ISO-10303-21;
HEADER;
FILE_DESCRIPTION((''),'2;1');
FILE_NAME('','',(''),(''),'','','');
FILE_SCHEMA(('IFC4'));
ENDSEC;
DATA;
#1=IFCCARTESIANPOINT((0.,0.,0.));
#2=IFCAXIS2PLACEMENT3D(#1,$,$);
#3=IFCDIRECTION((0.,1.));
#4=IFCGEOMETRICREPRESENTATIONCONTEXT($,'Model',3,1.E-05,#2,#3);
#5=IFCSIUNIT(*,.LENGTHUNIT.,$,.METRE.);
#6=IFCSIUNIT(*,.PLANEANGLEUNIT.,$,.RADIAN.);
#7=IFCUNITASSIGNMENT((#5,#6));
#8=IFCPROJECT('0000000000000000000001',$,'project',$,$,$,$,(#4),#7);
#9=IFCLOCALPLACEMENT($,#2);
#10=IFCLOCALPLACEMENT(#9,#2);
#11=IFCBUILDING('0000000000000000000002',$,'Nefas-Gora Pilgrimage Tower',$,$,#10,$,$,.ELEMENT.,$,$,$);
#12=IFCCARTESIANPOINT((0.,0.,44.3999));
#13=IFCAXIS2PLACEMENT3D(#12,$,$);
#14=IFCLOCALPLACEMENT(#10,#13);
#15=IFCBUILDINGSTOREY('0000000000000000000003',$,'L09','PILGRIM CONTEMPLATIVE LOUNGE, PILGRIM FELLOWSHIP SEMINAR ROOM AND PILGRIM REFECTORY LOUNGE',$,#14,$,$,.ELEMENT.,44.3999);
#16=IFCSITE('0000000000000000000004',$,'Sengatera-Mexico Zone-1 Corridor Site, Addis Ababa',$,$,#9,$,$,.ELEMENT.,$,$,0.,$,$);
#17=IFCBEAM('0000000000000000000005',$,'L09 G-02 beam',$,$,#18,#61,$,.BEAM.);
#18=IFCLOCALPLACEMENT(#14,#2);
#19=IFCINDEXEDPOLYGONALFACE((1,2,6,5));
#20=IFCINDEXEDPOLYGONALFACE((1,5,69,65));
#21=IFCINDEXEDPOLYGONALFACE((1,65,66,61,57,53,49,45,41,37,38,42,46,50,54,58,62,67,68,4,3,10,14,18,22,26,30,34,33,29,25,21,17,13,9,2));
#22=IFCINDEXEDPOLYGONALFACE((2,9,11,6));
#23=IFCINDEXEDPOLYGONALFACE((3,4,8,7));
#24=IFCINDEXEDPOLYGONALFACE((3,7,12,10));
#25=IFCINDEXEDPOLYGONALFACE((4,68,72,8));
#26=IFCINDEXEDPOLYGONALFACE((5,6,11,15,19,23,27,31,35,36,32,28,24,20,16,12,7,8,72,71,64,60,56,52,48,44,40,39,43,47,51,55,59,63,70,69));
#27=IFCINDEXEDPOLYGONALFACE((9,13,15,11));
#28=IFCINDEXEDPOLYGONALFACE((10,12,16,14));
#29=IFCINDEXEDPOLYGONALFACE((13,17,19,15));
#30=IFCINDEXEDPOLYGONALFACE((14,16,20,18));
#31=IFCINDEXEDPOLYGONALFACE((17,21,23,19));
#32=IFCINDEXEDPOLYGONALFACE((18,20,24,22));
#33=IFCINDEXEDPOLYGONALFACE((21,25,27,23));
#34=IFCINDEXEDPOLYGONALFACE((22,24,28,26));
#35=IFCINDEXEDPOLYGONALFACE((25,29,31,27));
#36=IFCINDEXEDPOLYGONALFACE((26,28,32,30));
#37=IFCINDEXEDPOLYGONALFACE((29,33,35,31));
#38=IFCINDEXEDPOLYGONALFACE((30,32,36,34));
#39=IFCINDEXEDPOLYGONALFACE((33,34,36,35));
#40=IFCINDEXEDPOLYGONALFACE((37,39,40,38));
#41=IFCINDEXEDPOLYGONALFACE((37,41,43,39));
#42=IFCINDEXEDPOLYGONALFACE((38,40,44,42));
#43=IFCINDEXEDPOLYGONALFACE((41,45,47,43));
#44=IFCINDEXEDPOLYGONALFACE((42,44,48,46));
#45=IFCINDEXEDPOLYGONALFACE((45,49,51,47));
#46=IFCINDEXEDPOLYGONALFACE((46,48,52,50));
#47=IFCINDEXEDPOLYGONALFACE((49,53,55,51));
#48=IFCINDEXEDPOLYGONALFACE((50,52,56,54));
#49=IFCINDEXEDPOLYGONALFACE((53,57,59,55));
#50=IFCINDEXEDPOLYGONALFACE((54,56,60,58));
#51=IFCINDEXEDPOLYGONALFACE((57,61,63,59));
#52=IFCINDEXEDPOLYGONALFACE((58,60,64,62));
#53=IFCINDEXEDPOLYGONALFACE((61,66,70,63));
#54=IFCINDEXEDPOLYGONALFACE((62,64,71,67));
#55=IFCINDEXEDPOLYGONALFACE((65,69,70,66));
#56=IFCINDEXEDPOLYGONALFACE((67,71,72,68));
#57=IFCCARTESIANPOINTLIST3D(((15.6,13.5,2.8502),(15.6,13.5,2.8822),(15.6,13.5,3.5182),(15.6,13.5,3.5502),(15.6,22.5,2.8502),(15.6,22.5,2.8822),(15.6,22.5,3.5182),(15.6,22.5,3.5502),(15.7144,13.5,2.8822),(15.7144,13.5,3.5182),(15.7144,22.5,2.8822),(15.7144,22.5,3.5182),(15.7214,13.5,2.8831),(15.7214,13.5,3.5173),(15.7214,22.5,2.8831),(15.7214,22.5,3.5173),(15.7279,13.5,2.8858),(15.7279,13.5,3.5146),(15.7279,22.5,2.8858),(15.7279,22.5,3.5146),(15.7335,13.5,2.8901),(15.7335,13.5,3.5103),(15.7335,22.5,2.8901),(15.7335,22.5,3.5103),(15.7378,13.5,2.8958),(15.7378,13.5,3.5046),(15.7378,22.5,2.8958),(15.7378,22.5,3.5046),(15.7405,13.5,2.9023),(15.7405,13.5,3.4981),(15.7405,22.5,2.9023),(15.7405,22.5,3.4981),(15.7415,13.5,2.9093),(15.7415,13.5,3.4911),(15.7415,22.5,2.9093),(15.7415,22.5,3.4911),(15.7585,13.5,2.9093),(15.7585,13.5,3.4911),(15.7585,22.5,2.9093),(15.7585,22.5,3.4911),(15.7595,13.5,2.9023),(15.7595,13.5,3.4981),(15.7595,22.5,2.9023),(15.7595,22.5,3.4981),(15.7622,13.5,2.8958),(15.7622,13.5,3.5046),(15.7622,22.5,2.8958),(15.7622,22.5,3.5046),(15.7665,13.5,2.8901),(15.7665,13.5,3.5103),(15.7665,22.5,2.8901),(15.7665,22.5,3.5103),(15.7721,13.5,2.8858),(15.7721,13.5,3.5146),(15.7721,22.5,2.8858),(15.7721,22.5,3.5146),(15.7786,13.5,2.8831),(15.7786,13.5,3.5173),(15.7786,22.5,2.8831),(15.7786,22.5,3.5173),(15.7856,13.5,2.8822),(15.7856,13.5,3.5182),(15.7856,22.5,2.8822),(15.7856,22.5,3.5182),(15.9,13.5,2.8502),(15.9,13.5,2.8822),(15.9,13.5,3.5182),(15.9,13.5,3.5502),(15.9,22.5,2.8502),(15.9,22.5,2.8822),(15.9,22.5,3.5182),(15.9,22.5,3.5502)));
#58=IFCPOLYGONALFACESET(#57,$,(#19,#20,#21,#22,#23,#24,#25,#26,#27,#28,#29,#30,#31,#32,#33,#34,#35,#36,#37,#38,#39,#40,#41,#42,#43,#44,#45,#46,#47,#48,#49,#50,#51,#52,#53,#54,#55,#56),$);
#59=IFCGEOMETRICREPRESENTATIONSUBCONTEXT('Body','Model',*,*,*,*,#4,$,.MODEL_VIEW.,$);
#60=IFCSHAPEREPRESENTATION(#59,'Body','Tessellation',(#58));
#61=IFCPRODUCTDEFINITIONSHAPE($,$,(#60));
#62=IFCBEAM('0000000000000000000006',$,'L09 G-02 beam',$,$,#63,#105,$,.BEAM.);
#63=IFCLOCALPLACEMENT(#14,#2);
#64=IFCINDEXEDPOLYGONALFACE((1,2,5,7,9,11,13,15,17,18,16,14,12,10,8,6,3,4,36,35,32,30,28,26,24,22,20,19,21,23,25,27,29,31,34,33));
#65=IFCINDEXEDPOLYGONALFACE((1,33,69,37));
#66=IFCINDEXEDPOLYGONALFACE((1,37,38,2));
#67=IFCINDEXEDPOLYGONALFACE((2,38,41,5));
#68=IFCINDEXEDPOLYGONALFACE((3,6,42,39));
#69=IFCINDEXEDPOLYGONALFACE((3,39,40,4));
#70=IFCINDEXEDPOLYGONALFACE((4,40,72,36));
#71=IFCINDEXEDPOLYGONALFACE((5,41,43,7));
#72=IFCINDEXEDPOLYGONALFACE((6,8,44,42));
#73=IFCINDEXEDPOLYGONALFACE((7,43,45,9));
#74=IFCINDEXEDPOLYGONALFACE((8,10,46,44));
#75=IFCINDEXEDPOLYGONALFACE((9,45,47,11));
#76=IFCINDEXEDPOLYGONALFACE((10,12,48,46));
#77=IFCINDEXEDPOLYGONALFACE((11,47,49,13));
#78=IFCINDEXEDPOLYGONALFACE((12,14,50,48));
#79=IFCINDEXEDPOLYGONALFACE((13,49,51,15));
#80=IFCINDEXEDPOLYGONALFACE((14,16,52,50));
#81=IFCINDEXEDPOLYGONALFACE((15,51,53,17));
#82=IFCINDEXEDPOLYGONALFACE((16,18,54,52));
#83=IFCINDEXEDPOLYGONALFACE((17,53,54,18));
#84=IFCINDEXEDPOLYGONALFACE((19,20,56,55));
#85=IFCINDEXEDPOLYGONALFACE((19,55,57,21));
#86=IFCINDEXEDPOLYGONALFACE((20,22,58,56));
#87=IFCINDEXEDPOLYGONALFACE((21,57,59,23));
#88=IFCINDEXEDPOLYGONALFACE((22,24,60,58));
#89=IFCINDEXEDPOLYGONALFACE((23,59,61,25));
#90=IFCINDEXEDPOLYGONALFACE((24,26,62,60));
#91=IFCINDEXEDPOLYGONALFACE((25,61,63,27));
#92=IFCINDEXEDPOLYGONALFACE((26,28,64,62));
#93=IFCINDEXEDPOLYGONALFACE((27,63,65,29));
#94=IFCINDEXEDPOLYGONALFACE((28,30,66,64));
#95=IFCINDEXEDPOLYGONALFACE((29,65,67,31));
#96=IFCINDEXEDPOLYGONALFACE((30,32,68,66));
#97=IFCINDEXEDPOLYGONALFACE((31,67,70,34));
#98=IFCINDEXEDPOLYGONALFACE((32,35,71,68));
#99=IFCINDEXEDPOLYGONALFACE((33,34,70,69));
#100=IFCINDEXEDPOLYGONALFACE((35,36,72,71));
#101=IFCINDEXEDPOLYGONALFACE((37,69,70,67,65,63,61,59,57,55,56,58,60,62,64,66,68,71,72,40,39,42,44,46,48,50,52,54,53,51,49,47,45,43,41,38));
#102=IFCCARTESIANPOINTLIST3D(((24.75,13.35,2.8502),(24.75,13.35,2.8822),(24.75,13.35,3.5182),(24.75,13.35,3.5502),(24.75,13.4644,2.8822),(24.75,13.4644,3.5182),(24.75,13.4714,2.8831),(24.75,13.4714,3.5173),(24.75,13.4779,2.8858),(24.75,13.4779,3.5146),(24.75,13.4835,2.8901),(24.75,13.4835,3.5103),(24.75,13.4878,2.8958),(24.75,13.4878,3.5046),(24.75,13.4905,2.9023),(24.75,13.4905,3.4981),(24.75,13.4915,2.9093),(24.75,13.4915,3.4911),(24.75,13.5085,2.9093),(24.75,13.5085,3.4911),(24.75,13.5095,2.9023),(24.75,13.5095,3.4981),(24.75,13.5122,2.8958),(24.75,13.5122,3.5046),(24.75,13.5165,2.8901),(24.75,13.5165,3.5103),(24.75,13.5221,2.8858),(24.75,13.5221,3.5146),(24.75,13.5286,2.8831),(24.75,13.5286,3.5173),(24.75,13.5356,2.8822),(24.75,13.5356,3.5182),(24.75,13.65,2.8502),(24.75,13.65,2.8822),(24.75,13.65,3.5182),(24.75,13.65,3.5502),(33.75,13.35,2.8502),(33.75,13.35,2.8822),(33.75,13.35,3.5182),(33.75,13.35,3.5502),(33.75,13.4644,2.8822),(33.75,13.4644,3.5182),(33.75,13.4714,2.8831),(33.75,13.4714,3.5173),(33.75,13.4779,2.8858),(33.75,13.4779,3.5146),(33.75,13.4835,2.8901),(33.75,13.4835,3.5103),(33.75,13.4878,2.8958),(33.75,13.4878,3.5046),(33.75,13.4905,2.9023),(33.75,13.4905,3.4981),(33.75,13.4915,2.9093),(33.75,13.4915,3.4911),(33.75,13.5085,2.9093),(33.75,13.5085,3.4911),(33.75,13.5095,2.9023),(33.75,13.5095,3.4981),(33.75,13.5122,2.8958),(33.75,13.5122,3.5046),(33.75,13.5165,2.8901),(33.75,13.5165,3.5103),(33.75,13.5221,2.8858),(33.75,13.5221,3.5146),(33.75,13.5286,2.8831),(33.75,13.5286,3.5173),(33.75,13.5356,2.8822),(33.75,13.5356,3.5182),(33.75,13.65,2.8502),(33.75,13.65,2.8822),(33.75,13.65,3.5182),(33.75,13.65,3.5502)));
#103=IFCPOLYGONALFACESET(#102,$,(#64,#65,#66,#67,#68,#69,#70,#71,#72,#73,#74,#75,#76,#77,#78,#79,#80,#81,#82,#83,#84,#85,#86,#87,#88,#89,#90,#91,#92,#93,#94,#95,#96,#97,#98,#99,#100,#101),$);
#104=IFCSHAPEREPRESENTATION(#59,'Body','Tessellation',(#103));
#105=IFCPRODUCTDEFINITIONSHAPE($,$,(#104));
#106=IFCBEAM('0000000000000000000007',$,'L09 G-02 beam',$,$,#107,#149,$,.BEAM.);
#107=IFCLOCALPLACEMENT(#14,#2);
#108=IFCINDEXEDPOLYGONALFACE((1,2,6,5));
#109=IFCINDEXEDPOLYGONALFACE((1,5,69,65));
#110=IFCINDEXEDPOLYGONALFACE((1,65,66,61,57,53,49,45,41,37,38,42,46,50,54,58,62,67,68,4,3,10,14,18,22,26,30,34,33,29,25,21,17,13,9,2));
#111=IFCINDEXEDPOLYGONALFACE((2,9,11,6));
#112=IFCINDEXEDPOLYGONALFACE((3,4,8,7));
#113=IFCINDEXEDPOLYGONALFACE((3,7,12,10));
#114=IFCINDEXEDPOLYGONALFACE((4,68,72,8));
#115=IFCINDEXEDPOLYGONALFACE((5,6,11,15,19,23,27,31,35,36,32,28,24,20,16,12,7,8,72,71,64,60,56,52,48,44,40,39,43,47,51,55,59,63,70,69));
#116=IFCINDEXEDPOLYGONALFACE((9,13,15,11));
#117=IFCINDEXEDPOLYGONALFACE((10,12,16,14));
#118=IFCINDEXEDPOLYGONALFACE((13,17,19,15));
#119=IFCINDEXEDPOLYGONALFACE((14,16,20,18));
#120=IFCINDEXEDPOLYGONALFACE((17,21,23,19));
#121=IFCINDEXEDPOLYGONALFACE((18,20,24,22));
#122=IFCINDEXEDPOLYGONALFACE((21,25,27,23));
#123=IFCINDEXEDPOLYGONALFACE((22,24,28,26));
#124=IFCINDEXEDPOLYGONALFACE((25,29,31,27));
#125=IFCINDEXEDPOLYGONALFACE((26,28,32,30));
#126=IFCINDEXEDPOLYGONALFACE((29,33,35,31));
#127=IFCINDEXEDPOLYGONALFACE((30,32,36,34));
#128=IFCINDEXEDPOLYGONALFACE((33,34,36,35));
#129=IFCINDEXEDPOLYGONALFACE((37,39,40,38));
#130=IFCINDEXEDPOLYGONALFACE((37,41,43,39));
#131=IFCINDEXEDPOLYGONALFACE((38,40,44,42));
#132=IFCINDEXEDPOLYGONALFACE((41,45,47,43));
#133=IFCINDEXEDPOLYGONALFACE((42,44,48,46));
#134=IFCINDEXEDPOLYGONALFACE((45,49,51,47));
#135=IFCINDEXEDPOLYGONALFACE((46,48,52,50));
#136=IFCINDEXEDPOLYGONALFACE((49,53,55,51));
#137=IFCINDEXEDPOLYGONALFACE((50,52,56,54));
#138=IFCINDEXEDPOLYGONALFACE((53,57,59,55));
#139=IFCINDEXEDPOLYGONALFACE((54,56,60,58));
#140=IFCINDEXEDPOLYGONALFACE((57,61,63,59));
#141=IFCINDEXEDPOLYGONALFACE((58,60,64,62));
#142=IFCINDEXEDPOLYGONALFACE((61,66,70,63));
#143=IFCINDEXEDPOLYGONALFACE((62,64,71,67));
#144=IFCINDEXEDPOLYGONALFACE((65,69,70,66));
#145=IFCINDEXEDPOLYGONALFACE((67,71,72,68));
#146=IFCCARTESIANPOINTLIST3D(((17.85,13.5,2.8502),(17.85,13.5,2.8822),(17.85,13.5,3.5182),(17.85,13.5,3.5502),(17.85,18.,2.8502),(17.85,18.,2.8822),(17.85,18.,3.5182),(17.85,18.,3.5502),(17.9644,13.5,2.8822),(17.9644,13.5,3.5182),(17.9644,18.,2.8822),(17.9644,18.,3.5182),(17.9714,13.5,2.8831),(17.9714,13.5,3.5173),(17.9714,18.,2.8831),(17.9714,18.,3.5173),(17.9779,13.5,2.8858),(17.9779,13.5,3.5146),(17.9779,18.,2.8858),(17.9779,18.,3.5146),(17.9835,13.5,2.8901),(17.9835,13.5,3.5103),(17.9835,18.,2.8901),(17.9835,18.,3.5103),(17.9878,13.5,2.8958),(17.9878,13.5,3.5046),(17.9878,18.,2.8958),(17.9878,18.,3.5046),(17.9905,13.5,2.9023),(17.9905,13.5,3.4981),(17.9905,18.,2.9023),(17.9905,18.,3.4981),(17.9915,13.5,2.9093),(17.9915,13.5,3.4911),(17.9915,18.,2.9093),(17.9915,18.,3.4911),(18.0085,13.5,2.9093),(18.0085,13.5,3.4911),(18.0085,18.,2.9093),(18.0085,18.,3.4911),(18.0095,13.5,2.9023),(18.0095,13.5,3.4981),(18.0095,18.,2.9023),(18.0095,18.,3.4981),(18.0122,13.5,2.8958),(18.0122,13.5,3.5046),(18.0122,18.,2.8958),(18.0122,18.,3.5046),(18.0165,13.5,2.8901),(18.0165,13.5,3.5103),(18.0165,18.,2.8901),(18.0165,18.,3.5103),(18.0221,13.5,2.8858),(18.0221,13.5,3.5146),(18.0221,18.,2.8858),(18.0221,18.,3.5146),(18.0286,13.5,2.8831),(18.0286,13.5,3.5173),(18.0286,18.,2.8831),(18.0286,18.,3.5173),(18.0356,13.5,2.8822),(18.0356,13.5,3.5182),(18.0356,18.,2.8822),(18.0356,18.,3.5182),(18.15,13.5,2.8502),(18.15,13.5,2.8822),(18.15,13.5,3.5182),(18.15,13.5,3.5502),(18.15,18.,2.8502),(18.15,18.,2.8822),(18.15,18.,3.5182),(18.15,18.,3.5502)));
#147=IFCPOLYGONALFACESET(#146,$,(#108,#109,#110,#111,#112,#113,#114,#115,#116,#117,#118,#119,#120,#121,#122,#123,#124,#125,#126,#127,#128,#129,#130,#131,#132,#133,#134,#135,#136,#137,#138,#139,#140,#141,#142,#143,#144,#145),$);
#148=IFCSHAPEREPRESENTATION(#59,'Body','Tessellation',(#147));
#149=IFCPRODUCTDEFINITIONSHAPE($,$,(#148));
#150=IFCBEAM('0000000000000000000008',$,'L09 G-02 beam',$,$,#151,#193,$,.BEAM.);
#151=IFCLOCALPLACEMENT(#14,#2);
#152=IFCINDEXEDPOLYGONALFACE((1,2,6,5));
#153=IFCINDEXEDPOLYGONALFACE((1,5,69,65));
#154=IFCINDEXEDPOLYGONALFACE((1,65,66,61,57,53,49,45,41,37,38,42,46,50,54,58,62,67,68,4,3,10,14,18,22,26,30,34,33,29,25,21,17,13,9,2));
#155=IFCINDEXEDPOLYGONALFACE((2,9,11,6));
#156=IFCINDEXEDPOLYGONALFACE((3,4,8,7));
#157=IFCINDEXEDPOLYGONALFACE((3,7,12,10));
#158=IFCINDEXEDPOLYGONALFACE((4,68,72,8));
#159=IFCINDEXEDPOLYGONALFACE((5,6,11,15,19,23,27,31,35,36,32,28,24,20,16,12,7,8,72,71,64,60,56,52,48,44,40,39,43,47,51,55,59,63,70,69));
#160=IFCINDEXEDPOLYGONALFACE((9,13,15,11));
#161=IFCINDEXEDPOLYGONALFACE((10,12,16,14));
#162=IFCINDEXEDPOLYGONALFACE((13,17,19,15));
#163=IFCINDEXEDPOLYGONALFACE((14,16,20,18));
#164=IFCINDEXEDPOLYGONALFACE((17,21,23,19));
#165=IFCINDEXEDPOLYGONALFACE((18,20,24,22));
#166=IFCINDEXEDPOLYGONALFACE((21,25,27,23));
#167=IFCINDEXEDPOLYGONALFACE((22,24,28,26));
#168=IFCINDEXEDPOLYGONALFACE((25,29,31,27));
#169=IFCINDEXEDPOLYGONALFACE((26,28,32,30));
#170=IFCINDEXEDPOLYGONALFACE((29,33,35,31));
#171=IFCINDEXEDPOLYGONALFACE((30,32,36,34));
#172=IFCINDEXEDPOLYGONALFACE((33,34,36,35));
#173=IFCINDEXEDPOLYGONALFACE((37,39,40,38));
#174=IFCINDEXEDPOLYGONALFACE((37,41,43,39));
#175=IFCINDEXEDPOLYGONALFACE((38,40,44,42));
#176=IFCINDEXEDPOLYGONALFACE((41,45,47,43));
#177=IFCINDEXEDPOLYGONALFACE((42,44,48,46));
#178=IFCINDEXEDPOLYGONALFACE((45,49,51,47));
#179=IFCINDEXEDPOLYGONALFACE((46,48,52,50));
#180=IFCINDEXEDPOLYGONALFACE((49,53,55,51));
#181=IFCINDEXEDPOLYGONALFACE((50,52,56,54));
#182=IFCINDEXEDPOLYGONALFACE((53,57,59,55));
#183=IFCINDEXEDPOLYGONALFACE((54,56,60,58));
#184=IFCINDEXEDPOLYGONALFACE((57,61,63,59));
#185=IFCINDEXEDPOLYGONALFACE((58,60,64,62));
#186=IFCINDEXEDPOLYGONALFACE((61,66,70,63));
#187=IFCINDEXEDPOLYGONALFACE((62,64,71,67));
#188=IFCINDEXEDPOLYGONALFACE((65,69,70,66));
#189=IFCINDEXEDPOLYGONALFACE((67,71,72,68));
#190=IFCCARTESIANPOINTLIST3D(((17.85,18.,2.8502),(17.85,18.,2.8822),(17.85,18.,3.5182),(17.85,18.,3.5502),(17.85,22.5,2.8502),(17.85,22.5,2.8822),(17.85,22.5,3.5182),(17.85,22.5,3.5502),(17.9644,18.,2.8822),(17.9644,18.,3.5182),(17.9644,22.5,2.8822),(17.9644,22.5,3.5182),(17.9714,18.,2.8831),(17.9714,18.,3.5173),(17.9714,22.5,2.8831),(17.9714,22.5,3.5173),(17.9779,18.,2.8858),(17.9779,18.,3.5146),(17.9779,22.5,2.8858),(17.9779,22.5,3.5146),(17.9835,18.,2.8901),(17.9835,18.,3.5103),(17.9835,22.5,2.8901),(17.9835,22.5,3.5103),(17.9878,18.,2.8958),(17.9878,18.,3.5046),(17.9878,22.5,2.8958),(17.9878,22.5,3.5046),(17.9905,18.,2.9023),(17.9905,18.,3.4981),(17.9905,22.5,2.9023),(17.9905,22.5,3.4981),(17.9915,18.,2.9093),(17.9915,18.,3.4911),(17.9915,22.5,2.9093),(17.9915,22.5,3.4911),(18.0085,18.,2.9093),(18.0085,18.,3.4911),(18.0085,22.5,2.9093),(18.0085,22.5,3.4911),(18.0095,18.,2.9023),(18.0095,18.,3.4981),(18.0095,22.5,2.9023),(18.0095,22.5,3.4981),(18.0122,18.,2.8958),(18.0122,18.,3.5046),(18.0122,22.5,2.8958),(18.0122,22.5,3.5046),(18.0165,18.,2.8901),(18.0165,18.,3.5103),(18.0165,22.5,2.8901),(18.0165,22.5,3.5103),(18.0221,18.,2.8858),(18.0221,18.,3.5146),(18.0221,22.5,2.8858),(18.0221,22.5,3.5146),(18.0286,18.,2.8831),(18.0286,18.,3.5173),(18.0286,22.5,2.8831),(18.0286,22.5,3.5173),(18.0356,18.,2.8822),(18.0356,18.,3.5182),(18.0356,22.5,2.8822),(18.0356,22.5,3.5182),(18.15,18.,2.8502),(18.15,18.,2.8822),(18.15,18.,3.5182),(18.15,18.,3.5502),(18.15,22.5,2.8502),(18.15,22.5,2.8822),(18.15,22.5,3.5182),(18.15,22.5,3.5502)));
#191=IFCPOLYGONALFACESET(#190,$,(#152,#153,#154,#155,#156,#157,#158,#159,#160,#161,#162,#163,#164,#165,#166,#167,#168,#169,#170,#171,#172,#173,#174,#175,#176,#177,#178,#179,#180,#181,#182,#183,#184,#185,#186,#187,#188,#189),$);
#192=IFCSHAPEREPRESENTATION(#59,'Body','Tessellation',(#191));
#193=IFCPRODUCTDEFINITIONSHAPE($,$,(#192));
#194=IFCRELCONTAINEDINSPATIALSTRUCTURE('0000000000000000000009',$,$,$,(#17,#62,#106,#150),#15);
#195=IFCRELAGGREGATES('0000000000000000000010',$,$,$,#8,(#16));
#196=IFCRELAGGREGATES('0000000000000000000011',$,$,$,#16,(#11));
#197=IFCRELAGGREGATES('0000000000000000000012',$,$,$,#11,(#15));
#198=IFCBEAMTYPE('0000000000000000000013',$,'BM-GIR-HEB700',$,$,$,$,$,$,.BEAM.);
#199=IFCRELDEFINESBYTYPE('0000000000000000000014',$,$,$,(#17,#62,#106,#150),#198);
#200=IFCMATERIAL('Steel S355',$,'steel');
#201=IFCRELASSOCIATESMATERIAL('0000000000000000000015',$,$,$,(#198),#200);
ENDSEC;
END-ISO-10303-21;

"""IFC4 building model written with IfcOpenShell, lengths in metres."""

from ifc_helpers import new_model, si_unit, direction, frame, origin, origin_2d, place, context, subcontext, project, spatial, i_section, extrude, source, transform, mapped, material, material_profile, profile_set, type_object, element, save


model = new_model("IFC4")

# Units and contexts
model_context = context("Model", 3, precision=1e-05, world=origin(), true_north=direction((0.0, 1.0)))
body_context = subcontext(model_context, "Body", "Model", "MODEL_VIEW")
ifc_project = project(units=[si_unit("LENGTHUNIT", "METRE"), si_unit("PLANEANGLEUNIT", "RADIAN")], contexts=[model_context])

# Site, building, storey
site_placement = place(None, origin())
site = spatial("IfcSite", under=ifc_project, at=site_placement, Name="Sengatera-Mexico Zone-1 Corridor Site, Addis Ababa", CompositionType="ELEMENT", RefElevation=0.0)
building_placement = place(site_placement, origin())
building = spatial("IfcBuilding", under=site, at=building_placement, Name="Nefas-Gora Pilgrimage Tower", CompositionType="ELEMENT")
storey_placement = place(building_placement, frame((0.0, 0.0, 44.3999)))
storey = spatial("IfcBuildingStorey", under=building, at=storey_placement, Name="L09", Description="PILGRIM CONTEMPLATIVE LOUNGE, PILGRIM FELLOWSHIP SEMINAR ROOM AND PILGRIM REFECTORY LOUNGE", CompositionType="ELEMENT", Elevation=44.3999)

# Beams
ifc_material_1 = material(Name="Steel S355", Category="steel")
ifc_material_profile_1 = material_profile(ifc_material_1, i_section(OverallWidth=0.3, OverallDepth=0.7, WebThickness=0.0171, FlangeThickness=0.032, FilletRadius=0.0271, at=origin_2d()), Name="HEB 700")
ifc_profile_set_1 = profile_set([ifc_material_profile_1], Name="Steel S355")
beam_type_1 = type_object("IfcBeamType", Name="BM-GIR-HEB700", PredefinedType="BEAM", material=ifc_profile_set_1)
shared_shape_1 = source(origin(), body_context, "Body", "SweptSolid", [
    extrude(i_section(OverallWidth=0.3, OverallDepth=0.7, WebThickness=0.0171, FlangeThickness=0.032, FilletRadius=0.0271, at=origin_2d()), origin(), (0.0, 0.0, 1.0), 9.0),
])
for number, where, z_axis, x_axis, name in (
    (1, (15.75, 13.5, 3.2002), (0.0, 1.0, 0.0), (-1.0, 0.0, 0.0), "L09 G-02 beam"),
    (2, (24.75, 13.5, 3.2002), (1.0, 0.0, 0.0), (0.0, 1.0, 0.0), "L09 G-02 beam"),
):
    element("IfcBeam", number, at=place(storey_placement, frame(where, z_axis=z_axis, x_axis=x_axis)), inside=storey, type_object=beam_type_1, Name=name, PredefinedType="BEAM", context=body_context, shape_type="MappedRepresentation", body=[
        mapped(shared_shape_1, transform((0.0, 0.0, 0.0), x_axis=(1.0, 0.0, 0.0), y_axis=(0.0, 1.0, 0.0), z_axis=(0.0, 0.0, 1.0), scale=1.0)),
    ])
shared_shape_2 = source(origin(), body_context, "Body", "SweptSolid", [
    extrude(i_section(OverallWidth=0.3, OverallDepth=0.7, WebThickness=0.0171, FlangeThickness=0.032, FilletRadius=0.0271, at=origin_2d()), origin(), (0.0, 0.0, 1.0), 4.5),
])
for number, where, z_axis, x_axis, name in (
    (3, (18.0, 13.5, 3.2002), (0.0, 1.0, 0.0), (-1.0, 0.0, 0.0), "L09 G-02 beam"),
    (4, (18.0, 18.0, 3.2002), (0.0, 1.0, 0.0), (-1.0, 0.0, 0.0), "L09 G-02 beam"),
):
    element("IfcBeam", number, at=place(storey_placement, frame(where, z_axis=z_axis, x_axis=x_axis)), inside=storey, type_object=beam_type_1, Name=name, PredefinedType="BEAM", context=body_context, shape_type="MappedRepresentation", body=[
        mapped(shared_shape_2, transform((0.0, 0.0, 0.0), x_axis=(1.0, 0.0, 0.0), y_axis=(0.0, 1.0, 0.0), z_axis=(0.0, 0.0, 1.0), scale=1.0)),
    ])

save(model, "model.ifc")
